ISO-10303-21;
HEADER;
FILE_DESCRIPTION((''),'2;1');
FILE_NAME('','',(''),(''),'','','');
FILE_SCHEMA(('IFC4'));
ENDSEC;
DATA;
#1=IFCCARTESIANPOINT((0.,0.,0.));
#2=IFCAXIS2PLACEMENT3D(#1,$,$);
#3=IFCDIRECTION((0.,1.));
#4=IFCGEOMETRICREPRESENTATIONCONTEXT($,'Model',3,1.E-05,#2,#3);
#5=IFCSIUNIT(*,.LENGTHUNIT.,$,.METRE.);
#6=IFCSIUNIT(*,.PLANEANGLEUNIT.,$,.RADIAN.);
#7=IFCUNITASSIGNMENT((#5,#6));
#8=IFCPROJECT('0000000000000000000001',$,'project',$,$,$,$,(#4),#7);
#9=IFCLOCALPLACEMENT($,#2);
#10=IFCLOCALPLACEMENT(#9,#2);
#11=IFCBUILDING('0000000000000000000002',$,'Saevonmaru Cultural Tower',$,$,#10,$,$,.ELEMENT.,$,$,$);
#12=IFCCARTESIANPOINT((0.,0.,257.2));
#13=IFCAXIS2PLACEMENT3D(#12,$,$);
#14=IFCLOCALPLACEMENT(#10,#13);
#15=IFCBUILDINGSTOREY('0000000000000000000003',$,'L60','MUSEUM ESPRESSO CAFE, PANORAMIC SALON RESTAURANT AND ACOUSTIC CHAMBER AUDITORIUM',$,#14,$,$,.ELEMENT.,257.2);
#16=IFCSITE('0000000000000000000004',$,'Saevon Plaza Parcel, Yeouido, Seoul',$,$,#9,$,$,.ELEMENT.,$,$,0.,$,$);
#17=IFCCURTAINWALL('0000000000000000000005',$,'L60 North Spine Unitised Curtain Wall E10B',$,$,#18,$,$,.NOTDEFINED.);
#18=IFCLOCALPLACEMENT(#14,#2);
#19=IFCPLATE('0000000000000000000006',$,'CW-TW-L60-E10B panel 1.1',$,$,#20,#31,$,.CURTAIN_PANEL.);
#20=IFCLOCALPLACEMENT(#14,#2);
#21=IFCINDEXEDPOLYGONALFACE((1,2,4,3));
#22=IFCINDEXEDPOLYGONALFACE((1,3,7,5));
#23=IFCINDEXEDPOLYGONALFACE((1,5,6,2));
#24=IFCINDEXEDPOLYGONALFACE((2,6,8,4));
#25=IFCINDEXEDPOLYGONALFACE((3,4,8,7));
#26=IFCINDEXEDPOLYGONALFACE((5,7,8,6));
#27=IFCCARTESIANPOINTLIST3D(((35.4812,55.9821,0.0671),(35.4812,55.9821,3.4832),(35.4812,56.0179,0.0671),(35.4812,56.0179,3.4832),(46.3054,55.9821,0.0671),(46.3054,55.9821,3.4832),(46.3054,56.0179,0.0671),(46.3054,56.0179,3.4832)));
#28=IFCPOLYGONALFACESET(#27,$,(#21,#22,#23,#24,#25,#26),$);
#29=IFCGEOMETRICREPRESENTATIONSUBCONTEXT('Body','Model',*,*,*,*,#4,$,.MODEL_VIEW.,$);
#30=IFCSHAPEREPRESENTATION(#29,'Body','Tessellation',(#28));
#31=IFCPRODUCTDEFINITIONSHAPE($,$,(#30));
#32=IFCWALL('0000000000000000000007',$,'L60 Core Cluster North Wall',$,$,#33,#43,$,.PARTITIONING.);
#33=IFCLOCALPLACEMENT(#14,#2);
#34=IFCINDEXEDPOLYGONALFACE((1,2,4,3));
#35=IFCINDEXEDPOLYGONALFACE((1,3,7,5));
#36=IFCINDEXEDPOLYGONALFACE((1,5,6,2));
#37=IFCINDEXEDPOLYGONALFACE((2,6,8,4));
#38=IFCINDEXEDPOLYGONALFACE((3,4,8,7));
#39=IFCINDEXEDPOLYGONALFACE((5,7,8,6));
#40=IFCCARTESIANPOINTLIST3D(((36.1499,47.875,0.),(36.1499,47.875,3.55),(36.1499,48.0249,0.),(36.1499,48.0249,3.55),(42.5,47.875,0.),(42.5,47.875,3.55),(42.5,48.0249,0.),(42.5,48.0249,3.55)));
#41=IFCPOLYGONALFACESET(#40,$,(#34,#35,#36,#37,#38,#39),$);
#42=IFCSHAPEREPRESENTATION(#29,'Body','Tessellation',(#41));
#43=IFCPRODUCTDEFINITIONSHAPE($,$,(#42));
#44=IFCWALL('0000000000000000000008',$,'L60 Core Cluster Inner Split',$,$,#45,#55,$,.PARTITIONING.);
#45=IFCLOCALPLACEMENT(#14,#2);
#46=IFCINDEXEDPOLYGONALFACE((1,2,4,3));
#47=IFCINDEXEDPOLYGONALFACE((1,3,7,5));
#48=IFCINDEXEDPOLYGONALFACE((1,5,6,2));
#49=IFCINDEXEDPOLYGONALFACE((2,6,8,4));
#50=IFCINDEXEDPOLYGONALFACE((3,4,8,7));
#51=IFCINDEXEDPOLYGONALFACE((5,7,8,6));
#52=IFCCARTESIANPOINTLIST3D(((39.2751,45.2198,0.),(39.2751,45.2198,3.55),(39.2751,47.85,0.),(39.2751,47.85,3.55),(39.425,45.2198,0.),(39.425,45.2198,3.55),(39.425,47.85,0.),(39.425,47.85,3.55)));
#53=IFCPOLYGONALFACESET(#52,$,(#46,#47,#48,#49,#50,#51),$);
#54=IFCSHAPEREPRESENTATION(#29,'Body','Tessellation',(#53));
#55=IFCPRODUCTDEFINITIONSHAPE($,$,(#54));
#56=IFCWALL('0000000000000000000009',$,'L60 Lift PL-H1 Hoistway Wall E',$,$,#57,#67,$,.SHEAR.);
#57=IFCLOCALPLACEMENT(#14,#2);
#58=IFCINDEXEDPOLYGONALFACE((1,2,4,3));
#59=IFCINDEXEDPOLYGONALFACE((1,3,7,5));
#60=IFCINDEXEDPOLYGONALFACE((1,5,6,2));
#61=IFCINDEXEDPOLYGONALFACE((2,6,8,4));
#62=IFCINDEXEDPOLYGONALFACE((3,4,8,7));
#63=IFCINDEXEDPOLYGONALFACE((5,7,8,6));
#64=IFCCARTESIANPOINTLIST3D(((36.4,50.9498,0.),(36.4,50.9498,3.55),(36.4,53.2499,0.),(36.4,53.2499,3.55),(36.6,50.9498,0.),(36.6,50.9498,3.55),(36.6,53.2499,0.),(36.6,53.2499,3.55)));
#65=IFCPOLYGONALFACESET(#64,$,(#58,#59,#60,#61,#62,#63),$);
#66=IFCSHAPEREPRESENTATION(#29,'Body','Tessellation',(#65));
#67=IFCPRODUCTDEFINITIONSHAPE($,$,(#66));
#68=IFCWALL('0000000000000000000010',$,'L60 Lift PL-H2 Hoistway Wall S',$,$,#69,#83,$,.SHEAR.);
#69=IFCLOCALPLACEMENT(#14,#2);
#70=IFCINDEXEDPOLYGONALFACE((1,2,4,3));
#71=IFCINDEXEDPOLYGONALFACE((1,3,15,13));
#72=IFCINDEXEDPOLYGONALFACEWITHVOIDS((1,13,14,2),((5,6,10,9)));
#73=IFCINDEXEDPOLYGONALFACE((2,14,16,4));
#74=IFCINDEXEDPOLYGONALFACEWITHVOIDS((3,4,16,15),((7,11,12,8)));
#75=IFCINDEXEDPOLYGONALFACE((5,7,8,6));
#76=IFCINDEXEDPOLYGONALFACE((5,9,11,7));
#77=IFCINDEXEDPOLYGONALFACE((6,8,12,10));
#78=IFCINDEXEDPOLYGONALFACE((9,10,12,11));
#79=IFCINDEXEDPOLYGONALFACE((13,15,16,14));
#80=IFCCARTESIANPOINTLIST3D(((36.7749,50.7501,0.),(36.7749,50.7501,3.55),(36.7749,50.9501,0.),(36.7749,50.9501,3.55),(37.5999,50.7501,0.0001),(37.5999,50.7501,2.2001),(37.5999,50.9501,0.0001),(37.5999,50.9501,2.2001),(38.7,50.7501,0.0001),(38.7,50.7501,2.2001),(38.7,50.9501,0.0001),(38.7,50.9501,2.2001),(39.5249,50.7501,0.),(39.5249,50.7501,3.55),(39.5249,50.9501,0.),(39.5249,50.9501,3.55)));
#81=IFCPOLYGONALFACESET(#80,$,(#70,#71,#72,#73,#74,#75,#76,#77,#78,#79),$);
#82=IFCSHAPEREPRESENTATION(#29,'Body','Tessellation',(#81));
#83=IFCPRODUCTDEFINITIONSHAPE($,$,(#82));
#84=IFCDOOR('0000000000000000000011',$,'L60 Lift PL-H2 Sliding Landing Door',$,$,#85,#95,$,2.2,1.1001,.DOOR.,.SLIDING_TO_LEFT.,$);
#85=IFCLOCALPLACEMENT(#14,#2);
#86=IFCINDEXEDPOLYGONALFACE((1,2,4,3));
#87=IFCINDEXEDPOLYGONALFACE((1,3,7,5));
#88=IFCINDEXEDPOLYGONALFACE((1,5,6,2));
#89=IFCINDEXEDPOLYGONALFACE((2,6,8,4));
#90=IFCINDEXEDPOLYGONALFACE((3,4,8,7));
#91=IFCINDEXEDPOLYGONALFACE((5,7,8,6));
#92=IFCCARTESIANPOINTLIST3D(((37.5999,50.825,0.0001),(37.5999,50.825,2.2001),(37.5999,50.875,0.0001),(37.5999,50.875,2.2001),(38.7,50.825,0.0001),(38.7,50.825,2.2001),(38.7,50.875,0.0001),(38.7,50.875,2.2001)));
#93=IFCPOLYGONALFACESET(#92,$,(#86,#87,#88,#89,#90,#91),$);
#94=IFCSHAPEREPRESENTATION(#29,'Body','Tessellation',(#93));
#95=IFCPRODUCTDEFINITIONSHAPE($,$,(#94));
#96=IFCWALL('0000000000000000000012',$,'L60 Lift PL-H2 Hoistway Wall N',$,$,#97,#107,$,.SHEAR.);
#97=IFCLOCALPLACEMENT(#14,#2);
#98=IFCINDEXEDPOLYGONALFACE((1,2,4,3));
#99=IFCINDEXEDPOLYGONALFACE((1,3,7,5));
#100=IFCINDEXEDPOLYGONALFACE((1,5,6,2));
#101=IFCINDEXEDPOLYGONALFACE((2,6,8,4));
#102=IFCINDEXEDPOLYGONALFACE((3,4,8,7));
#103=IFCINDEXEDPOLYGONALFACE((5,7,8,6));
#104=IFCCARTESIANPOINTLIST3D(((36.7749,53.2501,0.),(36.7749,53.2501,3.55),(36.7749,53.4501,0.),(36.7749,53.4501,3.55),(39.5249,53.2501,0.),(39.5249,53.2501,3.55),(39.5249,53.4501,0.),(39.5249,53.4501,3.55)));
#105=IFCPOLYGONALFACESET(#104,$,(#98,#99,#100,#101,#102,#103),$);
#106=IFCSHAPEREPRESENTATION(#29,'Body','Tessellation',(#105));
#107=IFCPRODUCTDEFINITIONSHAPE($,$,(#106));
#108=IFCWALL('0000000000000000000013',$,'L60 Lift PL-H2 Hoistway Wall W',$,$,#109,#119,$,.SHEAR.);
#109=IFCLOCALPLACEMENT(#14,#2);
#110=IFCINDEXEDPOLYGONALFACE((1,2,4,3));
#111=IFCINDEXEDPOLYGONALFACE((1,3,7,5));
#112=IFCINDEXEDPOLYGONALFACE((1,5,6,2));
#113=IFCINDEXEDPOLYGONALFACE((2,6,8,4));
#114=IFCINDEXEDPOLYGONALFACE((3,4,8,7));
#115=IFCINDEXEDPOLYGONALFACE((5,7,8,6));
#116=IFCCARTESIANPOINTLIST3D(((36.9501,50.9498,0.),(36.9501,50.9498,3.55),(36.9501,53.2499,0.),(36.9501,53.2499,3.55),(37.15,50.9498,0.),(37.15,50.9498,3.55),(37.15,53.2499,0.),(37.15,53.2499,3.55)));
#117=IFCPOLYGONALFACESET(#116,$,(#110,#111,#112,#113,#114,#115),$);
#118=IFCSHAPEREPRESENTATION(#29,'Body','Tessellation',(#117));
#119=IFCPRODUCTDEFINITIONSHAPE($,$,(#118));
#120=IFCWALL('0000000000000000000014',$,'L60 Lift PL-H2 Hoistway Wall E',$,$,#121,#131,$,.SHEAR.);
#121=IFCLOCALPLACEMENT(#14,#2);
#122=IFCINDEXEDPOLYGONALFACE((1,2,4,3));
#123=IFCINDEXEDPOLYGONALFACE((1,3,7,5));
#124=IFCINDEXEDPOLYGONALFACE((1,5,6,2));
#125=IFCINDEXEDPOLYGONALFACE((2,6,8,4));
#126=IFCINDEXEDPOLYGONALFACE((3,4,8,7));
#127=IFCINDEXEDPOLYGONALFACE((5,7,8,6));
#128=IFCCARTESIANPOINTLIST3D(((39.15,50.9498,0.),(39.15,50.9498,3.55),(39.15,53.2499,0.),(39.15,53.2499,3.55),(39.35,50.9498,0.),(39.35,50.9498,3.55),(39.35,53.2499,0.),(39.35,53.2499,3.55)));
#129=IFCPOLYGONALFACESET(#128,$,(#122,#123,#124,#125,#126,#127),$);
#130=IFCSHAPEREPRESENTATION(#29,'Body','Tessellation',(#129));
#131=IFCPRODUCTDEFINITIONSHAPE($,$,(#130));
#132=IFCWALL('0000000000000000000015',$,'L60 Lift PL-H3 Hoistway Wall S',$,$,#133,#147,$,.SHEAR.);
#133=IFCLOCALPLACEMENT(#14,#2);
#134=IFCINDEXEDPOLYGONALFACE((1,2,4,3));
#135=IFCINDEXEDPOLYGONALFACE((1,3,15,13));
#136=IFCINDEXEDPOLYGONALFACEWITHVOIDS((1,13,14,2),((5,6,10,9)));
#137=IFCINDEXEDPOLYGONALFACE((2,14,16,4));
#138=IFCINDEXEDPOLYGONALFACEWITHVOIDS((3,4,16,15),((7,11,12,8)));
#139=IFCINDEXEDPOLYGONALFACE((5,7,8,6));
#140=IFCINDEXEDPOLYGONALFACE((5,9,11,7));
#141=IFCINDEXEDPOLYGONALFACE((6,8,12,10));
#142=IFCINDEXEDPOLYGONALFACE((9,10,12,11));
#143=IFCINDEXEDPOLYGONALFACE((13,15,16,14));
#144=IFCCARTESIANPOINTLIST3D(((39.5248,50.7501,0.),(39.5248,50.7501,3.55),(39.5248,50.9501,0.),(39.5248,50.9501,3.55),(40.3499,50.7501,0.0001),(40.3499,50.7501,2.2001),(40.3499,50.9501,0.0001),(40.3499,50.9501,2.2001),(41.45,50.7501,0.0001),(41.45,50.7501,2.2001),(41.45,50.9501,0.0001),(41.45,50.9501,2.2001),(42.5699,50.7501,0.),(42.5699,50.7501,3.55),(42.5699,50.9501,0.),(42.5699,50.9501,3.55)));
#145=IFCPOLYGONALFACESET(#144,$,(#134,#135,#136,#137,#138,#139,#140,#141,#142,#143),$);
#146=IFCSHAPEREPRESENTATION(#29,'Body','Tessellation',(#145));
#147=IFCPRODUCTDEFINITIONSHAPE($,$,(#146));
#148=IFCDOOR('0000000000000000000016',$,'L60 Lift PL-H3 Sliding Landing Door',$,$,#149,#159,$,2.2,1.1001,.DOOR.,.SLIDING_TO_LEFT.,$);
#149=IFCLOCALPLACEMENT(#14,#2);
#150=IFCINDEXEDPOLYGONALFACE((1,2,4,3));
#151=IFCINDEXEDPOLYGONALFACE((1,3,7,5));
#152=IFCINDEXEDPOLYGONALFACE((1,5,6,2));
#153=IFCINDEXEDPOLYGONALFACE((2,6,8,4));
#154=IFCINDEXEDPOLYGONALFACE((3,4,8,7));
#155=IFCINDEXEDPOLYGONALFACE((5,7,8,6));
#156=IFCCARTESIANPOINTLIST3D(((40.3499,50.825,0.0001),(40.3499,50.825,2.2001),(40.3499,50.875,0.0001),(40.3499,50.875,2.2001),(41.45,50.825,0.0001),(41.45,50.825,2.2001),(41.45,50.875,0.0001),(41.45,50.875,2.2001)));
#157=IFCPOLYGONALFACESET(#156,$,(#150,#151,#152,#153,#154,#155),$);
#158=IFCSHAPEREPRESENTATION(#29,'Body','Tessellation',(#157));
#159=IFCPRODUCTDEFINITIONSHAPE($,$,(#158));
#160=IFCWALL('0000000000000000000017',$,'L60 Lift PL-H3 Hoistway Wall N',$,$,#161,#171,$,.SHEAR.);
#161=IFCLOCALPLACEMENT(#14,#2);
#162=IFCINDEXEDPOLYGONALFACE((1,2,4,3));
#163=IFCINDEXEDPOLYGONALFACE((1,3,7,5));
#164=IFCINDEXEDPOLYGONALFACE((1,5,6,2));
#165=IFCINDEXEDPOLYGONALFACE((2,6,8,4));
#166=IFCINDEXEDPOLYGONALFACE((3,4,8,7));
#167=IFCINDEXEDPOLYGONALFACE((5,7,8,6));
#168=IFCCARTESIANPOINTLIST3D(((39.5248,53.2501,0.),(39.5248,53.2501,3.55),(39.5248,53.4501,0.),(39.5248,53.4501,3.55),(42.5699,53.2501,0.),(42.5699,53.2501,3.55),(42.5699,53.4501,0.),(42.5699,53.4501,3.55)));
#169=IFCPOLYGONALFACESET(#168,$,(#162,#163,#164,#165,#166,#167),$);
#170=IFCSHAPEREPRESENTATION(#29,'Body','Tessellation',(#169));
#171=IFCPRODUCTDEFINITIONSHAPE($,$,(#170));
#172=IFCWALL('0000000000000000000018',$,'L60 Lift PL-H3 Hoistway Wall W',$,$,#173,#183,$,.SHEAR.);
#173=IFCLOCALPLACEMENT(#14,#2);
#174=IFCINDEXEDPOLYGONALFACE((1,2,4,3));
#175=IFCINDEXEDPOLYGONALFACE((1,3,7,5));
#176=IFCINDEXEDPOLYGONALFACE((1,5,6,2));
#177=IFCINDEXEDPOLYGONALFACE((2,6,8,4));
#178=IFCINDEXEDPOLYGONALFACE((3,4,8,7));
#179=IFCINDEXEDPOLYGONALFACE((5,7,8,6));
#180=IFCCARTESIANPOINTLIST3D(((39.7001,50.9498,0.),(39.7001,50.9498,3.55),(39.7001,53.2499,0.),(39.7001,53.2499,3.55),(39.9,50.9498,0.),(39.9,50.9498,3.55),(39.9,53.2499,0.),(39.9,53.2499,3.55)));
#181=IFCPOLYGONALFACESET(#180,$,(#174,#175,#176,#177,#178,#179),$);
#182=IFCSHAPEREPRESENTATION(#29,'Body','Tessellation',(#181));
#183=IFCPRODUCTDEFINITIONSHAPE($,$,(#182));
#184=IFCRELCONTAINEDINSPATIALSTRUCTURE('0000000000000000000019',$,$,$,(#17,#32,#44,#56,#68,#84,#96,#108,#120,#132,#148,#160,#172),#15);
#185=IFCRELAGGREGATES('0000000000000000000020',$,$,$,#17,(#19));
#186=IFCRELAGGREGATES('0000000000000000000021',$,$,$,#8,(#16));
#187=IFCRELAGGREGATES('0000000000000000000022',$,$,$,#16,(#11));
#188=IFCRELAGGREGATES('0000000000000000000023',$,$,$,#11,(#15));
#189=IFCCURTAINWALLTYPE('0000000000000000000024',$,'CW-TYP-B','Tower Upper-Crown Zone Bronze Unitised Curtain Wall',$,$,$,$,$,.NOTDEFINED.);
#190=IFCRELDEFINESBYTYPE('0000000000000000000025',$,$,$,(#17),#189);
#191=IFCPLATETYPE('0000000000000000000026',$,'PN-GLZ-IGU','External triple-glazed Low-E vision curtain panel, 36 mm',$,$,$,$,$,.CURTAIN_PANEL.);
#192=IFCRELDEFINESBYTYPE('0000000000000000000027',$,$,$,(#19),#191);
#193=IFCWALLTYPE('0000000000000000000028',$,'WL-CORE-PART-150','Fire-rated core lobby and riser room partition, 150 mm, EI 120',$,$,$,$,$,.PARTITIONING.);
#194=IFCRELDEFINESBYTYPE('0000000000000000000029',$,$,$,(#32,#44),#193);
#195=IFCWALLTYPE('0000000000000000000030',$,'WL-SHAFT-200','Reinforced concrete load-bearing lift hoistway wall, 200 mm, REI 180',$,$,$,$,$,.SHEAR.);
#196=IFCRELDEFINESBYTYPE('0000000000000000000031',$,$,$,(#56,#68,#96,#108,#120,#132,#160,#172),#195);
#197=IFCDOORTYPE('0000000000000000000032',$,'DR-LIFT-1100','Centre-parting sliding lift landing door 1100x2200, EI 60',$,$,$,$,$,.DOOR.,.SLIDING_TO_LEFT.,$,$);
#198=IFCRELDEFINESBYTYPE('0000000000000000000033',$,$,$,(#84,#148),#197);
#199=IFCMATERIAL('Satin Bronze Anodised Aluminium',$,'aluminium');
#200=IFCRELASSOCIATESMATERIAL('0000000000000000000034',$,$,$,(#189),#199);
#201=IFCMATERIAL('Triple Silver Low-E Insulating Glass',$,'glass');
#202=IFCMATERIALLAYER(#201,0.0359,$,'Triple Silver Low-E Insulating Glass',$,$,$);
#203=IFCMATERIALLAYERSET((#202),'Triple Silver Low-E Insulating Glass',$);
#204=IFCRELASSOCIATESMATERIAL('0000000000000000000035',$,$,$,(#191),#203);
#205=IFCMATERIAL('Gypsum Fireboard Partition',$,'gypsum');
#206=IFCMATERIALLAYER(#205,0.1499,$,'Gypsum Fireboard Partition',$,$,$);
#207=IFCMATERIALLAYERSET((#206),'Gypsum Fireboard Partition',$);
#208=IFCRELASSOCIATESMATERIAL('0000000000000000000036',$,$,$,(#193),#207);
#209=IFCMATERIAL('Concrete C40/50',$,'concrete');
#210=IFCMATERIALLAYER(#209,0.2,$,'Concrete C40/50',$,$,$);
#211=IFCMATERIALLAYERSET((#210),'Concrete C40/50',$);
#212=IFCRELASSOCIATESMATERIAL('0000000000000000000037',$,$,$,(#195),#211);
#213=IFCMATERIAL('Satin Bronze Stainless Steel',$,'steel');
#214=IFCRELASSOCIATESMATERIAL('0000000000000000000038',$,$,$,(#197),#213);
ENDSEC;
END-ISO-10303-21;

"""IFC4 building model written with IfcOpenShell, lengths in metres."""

from ifc_helpers import new_model, si_unit, direction, frame, frame_2d, origin, origin_2d, place, context, subcontext, project, spatial, rectangle, extrude, material, layer, layer_set, type_object, element, fill, aggregate, save


model = new_model("IFC4")

# Units and contexts
model_context = context("Model", 3, precision=1e-05, world=origin(), true_north=direction((0.0, 1.0)))
body_context = subcontext(model_context, "Body", "Model", "MODEL_VIEW")
ifc_project = project(units=[si_unit("LENGTHUNIT", "METRE"), si_unit("PLANEANGLEUNIT", "RADIAN")], contexts=[model_context])

# Site, building, storey
site_placement = place(None, origin())
site = spatial("IfcSite", under=ifc_project, at=site_placement, Name="Saevon Plaza Parcel, Yeouido, Seoul", CompositionType="ELEMENT", RefElevation=0.0)
building_placement = place(site_placement, origin())
building = spatial("IfcBuilding", under=site, at=building_placement, Name="Saevonmaru Cultural Tower", CompositionType="ELEMENT")
storey_placement = place(building_placement, frame((0.0, 0.0, 257.2)))
storey = spatial("IfcBuildingStorey", under=building, at=storey_placement, Name="L60", Description="MUSEUM ESPRESSO CAFE, PANORAMIC SALON RESTAURANT AND ACOUSTIC CHAMBER AUDITORIUM", CompositionType="ELEMENT", Elevation=257.2)

# Curtain wall, plate
ifc_material_1 = material(Name="Satin Bronze Anodised Aluminium", Category="aluminium")
curtain_wall_type = type_object("IfcCurtainWallType", Name="CW-TYP-B", Description="Tower Upper-Crown Zone Bronze Unitised Curtain Wall", PredefinedType="NOTDEFINED", material=ifc_material_1)
curtain_wall_placement = place(storey_placement, origin())
curtain_wall = element("IfcCurtainWall", 1, at=curtain_wall_placement, inside=storey, type_object=curtain_wall_type, Name="L60 North Spine Unitised Curtain Wall E10B", PredefinedType="NOTDEFINED")
ifc_material_2 = material(Name="Triple Silver Low-E Insulating Glass", Category="glass")
ifc_layer_1 = layer(ifc_material_2, 0.0359, Name="Triple Silver Low-E Insulating Glass")
ifc_layer_set_1 = layer_set([ifc_layer_1], Name="Triple Silver Low-E Insulating Glass")
plate_type = type_object("IfcPlateType", Name="PN-GLZ-IGU", Description="External triple-glazed Low-E vision curtain panel, 36 mm", PredefinedType="CURTAIN_PANEL", material=ifc_layer_set_1)
plate_placement = place(storey_placement, frame((40.8933, 56.0, 0.0671), z_axis=(0.0, 0.0, 1.0), x_axis=(-1.0, 0.0, 0.0)))
plate = element("IfcPlate", 2, at=plate_placement, type_object=plate_type, Name="CW-TW-L60-E10B panel 1.1", PredefinedType="CURTAIN_PANEL", context=body_context, shape_type="SweptSolid", body=[
    extrude(rectangle(XDim=10.8242, YDim=0.0359, at=origin_2d()), origin(), (0.0, 0.0, 1.0), 3.416),
])
aggregate(curtain_wall, [plate])

# Walls
ifc_material_3 = material(Name="Gypsum Fireboard Partition", Category="gypsum")
ifc_layer_2 = layer(ifc_material_3, 0.1499, Name="Gypsum Fireboard Partition")
ifc_layer_set_2 = layer_set([ifc_layer_2], Name="Gypsum Fireboard Partition")
wall_type_1 = type_object("IfcWallType", Name="WL-CORE-PART-150", Description="Fire-rated core lobby and riser room partition, 150 mm, EI 120", PredefinedType="PARTITIONING", material=ifc_layer_set_2)
wall_1_placement = place(storey_placement, frame((36.1499, 47.95, 0.0), z_axis=(0.0, 0.0, 1.0), x_axis=(1.0, 0.0, 0.0)))
element("IfcWall", 3, at=wall_1_placement, inside=storey, type_object=wall_type_1, Name="L60 Core Cluster North Wall", PredefinedType="PARTITIONING", context=body_context, shape_type="SweptSolid", body=[
    extrude(rectangle(XDim=6.3501, YDim=0.1499, at=frame_2d((3.175, 0.0))), origin(), (0.0, 0.0, 1.0), 3.55),
])
wall_2_placement = place(storey_placement, frame((39.3501, 45.22, 0.0), z_axis=(0.0, 0.0, 1.0), x_axis=(0.0, 1.0, 0.0)))
element("IfcWall", 4, at=wall_2_placement, inside=storey, type_object=wall_type_1, Name="L60 Core Cluster Inner Split", PredefinedType="PARTITIONING", context=body_context, shape_type="SweptSolid", body=[
    extrude(rectangle(XDim=2.6301, YDim=0.1499, at=frame_2d((1.3149, 0.0))), origin(), (0.0, 0.0, 1.0), 3.55),
])
ifc_material_4 = material(Name="Concrete C40/50", Category="concrete")
ifc_layer_3 = layer(ifc_material_4, 0.2, Name="Concrete C40/50")
ifc_layer_set_3 = layer_set([ifc_layer_3], Name="Concrete C40/50")
wall_type_2 = type_object("IfcWallType", Name="WL-SHAFT-200", Description="Reinforced concrete load-bearing lift hoistway wall, 200 mm, REI 180", PredefinedType="SHEAR", material=ifc_layer_set_3)
wall_3_placement = place(storey_placement, frame((36.5, 50.95, 0.0), z_axis=(0.0, 0.0, 1.0), x_axis=(0.0, 1.0, 0.0)))
element("IfcWall", 5, at=wall_3_placement, inside=storey, type_object=wall_type_2, Name="L60 Lift PL-H1 Hoistway Wall E", PredefinedType="SHEAR", context=body_context, shape_type="SweptSolid", body=[
    extrude(rectangle(XDim=2.3, YDim=0.2, at=frame_2d((1.1499, 0.0))), origin(), (0.0, 0.0, 1.0), 3.55),
])

# Wall, opening, door
wall_4_placement = place(storey_placement, frame((36.7749, 50.8501, 0.0), z_axis=(0.0, 0.0, 1.0), x_axis=(1.0, 0.0, 0.0)))
wall_4 = element("IfcWall", 6, at=wall_4_placement, inside=storey, type_object=wall_type_2, Name="L60 Lift PL-H2 Hoistway Wall S", PredefinedType="SHEAR", context=body_context, shape_type="SweptSolid", body=[
    extrude(rectangle(XDim=2.75, YDim=0.2, at=frame_2d((1.375, 0.0))), origin(), (0.0, 0.0, 1.0), 3.55),
])
opening_1_placement = place(wall_4_placement, frame((0.825, 0.0, 0.0)))
opening_1 = element("IfcOpeningElement", 7, at=opening_1_placement, cuts=wall_4, PredefinedType="OPENING", context=body_context, shape_type="SweptSolid", body=[
    extrude(rectangle(XDim=1.1001, YDim=2.2, at=frame_2d((0.55, 1.1001))), frame((0.0, 0.1099, 0.0), z_axis=(0.0, -1.0, 0.0), x_axis=(1.0, 0.0, 0.0)), (0.0, 0.0, 1.0), 0.22),
])
ifc_material_5 = material(Name="Satin Bronze Stainless Steel", Category="steel")
door_type_1 = type_object("IfcDoorType", Name="DR-LIFT-1100", Description="Centre-parting sliding lift landing door 1100x2200, EI 60", OperationType="SLIDING_TO_LEFT", PredefinedType="DOOR", material=ifc_material_5)
door_1_placement = place(opening_1_placement, origin())
door_1 = element("IfcDoor", 8, at=door_1_placement, inside=storey, type_object=door_type_1, Name="L60 Lift PL-H2 Sliding Landing Door", OperationType="SLIDING_TO_LEFT", OverallHeight=2.2, OverallWidth=1.1001, PredefinedType="DOOR", context=body_context, shape_type="SweptSolid", body=[
    extrude(rectangle(XDim=1.1001, YDim=2.2, at=frame_2d((0.55, 1.1001))), frame((0.0, 0.0249, 0.0), z_axis=(0.0, -1.0, 0.0), x_axis=(1.0, 0.0, 0.0)), (0.0, 0.0, 1.0), 0.05),
])
fill(opening_1, door_1)

# Walls
wall_5_placement = place(storey_placement, frame((36.7749, 53.3501, 0.0), z_axis=(0.0, 0.0, 1.0), x_axis=(1.0, 0.0, 0.0)))
element("IfcWall", 9, at=wall_5_placement, inside=storey, type_object=wall_type_2, Name="L60 Lift PL-H2 Hoistway Wall N", PredefinedType="SHEAR", context=body_context, shape_type="SweptSolid", body=[
    extrude(rectangle(XDim=2.75, YDim=0.2, at=frame_2d((1.375, 0.0))), origin(), (0.0, 0.0, 1.0), 3.55),
])
for number, where, z_axis, x_axis, name in (
    (10, (37.05, 50.95, 0.0), (0.0, 0.0, 1.0), (0.0, 1.0, 0.0), "L60 Lift PL-H2 Hoistway Wall W"),
    (11, (39.25, 50.95, 0.0), (0.0, 0.0, 1.0), (0.0, 1.0, 0.0), "L60 Lift PL-H2 Hoistway Wall E"),
):
    element("IfcWall", number, at=place(storey_placement, frame(where, z_axis=z_axis, x_axis=x_axis)), inside=storey, type_object=wall_type_2, Name=name, PredefinedType="SHEAR", context=body_context, shape_type="SweptSolid", body=[
        extrude(rectangle(XDim=2.3, YDim=0.2, at=frame_2d((1.1499, 0.0))), origin(), (0.0, 0.0, 1.0), 3.55),
    ])

# Wall, opening, door
wall_6_placement = place(storey_placement, frame((39.5249, 50.8501, 0.0), z_axis=(0.0, 0.0, 1.0), x_axis=(1.0, 0.0, 0.0)))
wall_6 = element("IfcWall", 12, at=wall_6_placement, inside=storey, type_object=wall_type_2, Name="L60 Lift PL-H3 Hoistway Wall S", PredefinedType="SHEAR", context=body_context, shape_type="SweptSolid", body=[
    extrude(rectangle(XDim=3.0452, YDim=0.2, at=frame_2d((1.5225, 0.0))), origin(), (0.0, 0.0, 1.0), 3.55),
])
opening_2_placement = place(wall_6_placement, frame((0.825, 0.0, 0.0)))
opening_2 = element("IfcOpeningElement", 13, at=opening_2_placement, cuts=wall_6, PredefinedType="OPENING", context=body_context, shape_type="SweptSolid", body=[
    extrude(rectangle(XDim=1.1001, YDim=2.2, at=frame_2d((0.55, 1.1001))), frame((0.0, 0.1099, 0.0), z_axis=(0.0, -1.0, 0.0), x_axis=(1.0, 0.0, 0.0)), (0.0, 0.0, 1.0), 0.22),
])
door_2_placement = place(opening_2_placement, origin())
door_2 = element("IfcDoor", 14, at=door_2_placement, inside=storey, type_object=door_type_1, Name="L60 Lift PL-H3 Sliding Landing Door", OperationType="SLIDING_TO_LEFT", OverallHeight=2.2, OverallWidth=1.1001, PredefinedType="DOOR", context=body_context, shape_type="SweptSolid", body=[
    extrude(rectangle(XDim=1.1001, YDim=2.2, at=frame_2d((0.55, 1.1001))), frame((0.0, 0.0249, 0.0), z_axis=(0.0, -1.0, 0.0), x_axis=(1.0, 0.0, 0.0)), (0.0, 0.0, 1.0), 0.05),
])
fill(opening_2, door_2)

# Walls
wall_7_placement = place(storey_placement, frame((39.5249, 53.3501, 0.0), z_axis=(0.0, 0.0, 1.0), x_axis=(1.0, 0.0, 0.0)))
element("IfcWall", 15, at=wall_7_placement, inside=storey, type_object=wall_type_2, Name="L60 Lift PL-H3 Hoistway Wall N", PredefinedType="SHEAR", context=body_context, shape_type="SweptSolid", body=[
    extrude(rectangle(XDim=3.0452, YDim=0.2, at=frame_2d((1.5225, 0.0))), origin(), (0.0, 0.0, 1.0), 3.55),
])
for number, where, z_axis, x_axis, name in (
    (16, (39.8, 50.95, 0.0), (0.0, 0.0, 1.0), (0.0, 1.0, 0.0), "L60 Lift PL-H3 Hoistway Wall W"),
):
    element("IfcWall", number, at=place(storey_placement, frame(where, z_axis=z_axis, x_axis=x_axis)), inside=storey, type_object=wall_type_2, Name=name, PredefinedType="SHEAR", context=body_context, shape_type="SweptSolid", body=[
        extrude(rectangle(XDim=2.3, YDim=0.2, at=frame_2d((1.1499, 0.0))), origin(), (0.0, 0.0, 1.0), 3.55),
    ])

save(model, "model.ifc")
